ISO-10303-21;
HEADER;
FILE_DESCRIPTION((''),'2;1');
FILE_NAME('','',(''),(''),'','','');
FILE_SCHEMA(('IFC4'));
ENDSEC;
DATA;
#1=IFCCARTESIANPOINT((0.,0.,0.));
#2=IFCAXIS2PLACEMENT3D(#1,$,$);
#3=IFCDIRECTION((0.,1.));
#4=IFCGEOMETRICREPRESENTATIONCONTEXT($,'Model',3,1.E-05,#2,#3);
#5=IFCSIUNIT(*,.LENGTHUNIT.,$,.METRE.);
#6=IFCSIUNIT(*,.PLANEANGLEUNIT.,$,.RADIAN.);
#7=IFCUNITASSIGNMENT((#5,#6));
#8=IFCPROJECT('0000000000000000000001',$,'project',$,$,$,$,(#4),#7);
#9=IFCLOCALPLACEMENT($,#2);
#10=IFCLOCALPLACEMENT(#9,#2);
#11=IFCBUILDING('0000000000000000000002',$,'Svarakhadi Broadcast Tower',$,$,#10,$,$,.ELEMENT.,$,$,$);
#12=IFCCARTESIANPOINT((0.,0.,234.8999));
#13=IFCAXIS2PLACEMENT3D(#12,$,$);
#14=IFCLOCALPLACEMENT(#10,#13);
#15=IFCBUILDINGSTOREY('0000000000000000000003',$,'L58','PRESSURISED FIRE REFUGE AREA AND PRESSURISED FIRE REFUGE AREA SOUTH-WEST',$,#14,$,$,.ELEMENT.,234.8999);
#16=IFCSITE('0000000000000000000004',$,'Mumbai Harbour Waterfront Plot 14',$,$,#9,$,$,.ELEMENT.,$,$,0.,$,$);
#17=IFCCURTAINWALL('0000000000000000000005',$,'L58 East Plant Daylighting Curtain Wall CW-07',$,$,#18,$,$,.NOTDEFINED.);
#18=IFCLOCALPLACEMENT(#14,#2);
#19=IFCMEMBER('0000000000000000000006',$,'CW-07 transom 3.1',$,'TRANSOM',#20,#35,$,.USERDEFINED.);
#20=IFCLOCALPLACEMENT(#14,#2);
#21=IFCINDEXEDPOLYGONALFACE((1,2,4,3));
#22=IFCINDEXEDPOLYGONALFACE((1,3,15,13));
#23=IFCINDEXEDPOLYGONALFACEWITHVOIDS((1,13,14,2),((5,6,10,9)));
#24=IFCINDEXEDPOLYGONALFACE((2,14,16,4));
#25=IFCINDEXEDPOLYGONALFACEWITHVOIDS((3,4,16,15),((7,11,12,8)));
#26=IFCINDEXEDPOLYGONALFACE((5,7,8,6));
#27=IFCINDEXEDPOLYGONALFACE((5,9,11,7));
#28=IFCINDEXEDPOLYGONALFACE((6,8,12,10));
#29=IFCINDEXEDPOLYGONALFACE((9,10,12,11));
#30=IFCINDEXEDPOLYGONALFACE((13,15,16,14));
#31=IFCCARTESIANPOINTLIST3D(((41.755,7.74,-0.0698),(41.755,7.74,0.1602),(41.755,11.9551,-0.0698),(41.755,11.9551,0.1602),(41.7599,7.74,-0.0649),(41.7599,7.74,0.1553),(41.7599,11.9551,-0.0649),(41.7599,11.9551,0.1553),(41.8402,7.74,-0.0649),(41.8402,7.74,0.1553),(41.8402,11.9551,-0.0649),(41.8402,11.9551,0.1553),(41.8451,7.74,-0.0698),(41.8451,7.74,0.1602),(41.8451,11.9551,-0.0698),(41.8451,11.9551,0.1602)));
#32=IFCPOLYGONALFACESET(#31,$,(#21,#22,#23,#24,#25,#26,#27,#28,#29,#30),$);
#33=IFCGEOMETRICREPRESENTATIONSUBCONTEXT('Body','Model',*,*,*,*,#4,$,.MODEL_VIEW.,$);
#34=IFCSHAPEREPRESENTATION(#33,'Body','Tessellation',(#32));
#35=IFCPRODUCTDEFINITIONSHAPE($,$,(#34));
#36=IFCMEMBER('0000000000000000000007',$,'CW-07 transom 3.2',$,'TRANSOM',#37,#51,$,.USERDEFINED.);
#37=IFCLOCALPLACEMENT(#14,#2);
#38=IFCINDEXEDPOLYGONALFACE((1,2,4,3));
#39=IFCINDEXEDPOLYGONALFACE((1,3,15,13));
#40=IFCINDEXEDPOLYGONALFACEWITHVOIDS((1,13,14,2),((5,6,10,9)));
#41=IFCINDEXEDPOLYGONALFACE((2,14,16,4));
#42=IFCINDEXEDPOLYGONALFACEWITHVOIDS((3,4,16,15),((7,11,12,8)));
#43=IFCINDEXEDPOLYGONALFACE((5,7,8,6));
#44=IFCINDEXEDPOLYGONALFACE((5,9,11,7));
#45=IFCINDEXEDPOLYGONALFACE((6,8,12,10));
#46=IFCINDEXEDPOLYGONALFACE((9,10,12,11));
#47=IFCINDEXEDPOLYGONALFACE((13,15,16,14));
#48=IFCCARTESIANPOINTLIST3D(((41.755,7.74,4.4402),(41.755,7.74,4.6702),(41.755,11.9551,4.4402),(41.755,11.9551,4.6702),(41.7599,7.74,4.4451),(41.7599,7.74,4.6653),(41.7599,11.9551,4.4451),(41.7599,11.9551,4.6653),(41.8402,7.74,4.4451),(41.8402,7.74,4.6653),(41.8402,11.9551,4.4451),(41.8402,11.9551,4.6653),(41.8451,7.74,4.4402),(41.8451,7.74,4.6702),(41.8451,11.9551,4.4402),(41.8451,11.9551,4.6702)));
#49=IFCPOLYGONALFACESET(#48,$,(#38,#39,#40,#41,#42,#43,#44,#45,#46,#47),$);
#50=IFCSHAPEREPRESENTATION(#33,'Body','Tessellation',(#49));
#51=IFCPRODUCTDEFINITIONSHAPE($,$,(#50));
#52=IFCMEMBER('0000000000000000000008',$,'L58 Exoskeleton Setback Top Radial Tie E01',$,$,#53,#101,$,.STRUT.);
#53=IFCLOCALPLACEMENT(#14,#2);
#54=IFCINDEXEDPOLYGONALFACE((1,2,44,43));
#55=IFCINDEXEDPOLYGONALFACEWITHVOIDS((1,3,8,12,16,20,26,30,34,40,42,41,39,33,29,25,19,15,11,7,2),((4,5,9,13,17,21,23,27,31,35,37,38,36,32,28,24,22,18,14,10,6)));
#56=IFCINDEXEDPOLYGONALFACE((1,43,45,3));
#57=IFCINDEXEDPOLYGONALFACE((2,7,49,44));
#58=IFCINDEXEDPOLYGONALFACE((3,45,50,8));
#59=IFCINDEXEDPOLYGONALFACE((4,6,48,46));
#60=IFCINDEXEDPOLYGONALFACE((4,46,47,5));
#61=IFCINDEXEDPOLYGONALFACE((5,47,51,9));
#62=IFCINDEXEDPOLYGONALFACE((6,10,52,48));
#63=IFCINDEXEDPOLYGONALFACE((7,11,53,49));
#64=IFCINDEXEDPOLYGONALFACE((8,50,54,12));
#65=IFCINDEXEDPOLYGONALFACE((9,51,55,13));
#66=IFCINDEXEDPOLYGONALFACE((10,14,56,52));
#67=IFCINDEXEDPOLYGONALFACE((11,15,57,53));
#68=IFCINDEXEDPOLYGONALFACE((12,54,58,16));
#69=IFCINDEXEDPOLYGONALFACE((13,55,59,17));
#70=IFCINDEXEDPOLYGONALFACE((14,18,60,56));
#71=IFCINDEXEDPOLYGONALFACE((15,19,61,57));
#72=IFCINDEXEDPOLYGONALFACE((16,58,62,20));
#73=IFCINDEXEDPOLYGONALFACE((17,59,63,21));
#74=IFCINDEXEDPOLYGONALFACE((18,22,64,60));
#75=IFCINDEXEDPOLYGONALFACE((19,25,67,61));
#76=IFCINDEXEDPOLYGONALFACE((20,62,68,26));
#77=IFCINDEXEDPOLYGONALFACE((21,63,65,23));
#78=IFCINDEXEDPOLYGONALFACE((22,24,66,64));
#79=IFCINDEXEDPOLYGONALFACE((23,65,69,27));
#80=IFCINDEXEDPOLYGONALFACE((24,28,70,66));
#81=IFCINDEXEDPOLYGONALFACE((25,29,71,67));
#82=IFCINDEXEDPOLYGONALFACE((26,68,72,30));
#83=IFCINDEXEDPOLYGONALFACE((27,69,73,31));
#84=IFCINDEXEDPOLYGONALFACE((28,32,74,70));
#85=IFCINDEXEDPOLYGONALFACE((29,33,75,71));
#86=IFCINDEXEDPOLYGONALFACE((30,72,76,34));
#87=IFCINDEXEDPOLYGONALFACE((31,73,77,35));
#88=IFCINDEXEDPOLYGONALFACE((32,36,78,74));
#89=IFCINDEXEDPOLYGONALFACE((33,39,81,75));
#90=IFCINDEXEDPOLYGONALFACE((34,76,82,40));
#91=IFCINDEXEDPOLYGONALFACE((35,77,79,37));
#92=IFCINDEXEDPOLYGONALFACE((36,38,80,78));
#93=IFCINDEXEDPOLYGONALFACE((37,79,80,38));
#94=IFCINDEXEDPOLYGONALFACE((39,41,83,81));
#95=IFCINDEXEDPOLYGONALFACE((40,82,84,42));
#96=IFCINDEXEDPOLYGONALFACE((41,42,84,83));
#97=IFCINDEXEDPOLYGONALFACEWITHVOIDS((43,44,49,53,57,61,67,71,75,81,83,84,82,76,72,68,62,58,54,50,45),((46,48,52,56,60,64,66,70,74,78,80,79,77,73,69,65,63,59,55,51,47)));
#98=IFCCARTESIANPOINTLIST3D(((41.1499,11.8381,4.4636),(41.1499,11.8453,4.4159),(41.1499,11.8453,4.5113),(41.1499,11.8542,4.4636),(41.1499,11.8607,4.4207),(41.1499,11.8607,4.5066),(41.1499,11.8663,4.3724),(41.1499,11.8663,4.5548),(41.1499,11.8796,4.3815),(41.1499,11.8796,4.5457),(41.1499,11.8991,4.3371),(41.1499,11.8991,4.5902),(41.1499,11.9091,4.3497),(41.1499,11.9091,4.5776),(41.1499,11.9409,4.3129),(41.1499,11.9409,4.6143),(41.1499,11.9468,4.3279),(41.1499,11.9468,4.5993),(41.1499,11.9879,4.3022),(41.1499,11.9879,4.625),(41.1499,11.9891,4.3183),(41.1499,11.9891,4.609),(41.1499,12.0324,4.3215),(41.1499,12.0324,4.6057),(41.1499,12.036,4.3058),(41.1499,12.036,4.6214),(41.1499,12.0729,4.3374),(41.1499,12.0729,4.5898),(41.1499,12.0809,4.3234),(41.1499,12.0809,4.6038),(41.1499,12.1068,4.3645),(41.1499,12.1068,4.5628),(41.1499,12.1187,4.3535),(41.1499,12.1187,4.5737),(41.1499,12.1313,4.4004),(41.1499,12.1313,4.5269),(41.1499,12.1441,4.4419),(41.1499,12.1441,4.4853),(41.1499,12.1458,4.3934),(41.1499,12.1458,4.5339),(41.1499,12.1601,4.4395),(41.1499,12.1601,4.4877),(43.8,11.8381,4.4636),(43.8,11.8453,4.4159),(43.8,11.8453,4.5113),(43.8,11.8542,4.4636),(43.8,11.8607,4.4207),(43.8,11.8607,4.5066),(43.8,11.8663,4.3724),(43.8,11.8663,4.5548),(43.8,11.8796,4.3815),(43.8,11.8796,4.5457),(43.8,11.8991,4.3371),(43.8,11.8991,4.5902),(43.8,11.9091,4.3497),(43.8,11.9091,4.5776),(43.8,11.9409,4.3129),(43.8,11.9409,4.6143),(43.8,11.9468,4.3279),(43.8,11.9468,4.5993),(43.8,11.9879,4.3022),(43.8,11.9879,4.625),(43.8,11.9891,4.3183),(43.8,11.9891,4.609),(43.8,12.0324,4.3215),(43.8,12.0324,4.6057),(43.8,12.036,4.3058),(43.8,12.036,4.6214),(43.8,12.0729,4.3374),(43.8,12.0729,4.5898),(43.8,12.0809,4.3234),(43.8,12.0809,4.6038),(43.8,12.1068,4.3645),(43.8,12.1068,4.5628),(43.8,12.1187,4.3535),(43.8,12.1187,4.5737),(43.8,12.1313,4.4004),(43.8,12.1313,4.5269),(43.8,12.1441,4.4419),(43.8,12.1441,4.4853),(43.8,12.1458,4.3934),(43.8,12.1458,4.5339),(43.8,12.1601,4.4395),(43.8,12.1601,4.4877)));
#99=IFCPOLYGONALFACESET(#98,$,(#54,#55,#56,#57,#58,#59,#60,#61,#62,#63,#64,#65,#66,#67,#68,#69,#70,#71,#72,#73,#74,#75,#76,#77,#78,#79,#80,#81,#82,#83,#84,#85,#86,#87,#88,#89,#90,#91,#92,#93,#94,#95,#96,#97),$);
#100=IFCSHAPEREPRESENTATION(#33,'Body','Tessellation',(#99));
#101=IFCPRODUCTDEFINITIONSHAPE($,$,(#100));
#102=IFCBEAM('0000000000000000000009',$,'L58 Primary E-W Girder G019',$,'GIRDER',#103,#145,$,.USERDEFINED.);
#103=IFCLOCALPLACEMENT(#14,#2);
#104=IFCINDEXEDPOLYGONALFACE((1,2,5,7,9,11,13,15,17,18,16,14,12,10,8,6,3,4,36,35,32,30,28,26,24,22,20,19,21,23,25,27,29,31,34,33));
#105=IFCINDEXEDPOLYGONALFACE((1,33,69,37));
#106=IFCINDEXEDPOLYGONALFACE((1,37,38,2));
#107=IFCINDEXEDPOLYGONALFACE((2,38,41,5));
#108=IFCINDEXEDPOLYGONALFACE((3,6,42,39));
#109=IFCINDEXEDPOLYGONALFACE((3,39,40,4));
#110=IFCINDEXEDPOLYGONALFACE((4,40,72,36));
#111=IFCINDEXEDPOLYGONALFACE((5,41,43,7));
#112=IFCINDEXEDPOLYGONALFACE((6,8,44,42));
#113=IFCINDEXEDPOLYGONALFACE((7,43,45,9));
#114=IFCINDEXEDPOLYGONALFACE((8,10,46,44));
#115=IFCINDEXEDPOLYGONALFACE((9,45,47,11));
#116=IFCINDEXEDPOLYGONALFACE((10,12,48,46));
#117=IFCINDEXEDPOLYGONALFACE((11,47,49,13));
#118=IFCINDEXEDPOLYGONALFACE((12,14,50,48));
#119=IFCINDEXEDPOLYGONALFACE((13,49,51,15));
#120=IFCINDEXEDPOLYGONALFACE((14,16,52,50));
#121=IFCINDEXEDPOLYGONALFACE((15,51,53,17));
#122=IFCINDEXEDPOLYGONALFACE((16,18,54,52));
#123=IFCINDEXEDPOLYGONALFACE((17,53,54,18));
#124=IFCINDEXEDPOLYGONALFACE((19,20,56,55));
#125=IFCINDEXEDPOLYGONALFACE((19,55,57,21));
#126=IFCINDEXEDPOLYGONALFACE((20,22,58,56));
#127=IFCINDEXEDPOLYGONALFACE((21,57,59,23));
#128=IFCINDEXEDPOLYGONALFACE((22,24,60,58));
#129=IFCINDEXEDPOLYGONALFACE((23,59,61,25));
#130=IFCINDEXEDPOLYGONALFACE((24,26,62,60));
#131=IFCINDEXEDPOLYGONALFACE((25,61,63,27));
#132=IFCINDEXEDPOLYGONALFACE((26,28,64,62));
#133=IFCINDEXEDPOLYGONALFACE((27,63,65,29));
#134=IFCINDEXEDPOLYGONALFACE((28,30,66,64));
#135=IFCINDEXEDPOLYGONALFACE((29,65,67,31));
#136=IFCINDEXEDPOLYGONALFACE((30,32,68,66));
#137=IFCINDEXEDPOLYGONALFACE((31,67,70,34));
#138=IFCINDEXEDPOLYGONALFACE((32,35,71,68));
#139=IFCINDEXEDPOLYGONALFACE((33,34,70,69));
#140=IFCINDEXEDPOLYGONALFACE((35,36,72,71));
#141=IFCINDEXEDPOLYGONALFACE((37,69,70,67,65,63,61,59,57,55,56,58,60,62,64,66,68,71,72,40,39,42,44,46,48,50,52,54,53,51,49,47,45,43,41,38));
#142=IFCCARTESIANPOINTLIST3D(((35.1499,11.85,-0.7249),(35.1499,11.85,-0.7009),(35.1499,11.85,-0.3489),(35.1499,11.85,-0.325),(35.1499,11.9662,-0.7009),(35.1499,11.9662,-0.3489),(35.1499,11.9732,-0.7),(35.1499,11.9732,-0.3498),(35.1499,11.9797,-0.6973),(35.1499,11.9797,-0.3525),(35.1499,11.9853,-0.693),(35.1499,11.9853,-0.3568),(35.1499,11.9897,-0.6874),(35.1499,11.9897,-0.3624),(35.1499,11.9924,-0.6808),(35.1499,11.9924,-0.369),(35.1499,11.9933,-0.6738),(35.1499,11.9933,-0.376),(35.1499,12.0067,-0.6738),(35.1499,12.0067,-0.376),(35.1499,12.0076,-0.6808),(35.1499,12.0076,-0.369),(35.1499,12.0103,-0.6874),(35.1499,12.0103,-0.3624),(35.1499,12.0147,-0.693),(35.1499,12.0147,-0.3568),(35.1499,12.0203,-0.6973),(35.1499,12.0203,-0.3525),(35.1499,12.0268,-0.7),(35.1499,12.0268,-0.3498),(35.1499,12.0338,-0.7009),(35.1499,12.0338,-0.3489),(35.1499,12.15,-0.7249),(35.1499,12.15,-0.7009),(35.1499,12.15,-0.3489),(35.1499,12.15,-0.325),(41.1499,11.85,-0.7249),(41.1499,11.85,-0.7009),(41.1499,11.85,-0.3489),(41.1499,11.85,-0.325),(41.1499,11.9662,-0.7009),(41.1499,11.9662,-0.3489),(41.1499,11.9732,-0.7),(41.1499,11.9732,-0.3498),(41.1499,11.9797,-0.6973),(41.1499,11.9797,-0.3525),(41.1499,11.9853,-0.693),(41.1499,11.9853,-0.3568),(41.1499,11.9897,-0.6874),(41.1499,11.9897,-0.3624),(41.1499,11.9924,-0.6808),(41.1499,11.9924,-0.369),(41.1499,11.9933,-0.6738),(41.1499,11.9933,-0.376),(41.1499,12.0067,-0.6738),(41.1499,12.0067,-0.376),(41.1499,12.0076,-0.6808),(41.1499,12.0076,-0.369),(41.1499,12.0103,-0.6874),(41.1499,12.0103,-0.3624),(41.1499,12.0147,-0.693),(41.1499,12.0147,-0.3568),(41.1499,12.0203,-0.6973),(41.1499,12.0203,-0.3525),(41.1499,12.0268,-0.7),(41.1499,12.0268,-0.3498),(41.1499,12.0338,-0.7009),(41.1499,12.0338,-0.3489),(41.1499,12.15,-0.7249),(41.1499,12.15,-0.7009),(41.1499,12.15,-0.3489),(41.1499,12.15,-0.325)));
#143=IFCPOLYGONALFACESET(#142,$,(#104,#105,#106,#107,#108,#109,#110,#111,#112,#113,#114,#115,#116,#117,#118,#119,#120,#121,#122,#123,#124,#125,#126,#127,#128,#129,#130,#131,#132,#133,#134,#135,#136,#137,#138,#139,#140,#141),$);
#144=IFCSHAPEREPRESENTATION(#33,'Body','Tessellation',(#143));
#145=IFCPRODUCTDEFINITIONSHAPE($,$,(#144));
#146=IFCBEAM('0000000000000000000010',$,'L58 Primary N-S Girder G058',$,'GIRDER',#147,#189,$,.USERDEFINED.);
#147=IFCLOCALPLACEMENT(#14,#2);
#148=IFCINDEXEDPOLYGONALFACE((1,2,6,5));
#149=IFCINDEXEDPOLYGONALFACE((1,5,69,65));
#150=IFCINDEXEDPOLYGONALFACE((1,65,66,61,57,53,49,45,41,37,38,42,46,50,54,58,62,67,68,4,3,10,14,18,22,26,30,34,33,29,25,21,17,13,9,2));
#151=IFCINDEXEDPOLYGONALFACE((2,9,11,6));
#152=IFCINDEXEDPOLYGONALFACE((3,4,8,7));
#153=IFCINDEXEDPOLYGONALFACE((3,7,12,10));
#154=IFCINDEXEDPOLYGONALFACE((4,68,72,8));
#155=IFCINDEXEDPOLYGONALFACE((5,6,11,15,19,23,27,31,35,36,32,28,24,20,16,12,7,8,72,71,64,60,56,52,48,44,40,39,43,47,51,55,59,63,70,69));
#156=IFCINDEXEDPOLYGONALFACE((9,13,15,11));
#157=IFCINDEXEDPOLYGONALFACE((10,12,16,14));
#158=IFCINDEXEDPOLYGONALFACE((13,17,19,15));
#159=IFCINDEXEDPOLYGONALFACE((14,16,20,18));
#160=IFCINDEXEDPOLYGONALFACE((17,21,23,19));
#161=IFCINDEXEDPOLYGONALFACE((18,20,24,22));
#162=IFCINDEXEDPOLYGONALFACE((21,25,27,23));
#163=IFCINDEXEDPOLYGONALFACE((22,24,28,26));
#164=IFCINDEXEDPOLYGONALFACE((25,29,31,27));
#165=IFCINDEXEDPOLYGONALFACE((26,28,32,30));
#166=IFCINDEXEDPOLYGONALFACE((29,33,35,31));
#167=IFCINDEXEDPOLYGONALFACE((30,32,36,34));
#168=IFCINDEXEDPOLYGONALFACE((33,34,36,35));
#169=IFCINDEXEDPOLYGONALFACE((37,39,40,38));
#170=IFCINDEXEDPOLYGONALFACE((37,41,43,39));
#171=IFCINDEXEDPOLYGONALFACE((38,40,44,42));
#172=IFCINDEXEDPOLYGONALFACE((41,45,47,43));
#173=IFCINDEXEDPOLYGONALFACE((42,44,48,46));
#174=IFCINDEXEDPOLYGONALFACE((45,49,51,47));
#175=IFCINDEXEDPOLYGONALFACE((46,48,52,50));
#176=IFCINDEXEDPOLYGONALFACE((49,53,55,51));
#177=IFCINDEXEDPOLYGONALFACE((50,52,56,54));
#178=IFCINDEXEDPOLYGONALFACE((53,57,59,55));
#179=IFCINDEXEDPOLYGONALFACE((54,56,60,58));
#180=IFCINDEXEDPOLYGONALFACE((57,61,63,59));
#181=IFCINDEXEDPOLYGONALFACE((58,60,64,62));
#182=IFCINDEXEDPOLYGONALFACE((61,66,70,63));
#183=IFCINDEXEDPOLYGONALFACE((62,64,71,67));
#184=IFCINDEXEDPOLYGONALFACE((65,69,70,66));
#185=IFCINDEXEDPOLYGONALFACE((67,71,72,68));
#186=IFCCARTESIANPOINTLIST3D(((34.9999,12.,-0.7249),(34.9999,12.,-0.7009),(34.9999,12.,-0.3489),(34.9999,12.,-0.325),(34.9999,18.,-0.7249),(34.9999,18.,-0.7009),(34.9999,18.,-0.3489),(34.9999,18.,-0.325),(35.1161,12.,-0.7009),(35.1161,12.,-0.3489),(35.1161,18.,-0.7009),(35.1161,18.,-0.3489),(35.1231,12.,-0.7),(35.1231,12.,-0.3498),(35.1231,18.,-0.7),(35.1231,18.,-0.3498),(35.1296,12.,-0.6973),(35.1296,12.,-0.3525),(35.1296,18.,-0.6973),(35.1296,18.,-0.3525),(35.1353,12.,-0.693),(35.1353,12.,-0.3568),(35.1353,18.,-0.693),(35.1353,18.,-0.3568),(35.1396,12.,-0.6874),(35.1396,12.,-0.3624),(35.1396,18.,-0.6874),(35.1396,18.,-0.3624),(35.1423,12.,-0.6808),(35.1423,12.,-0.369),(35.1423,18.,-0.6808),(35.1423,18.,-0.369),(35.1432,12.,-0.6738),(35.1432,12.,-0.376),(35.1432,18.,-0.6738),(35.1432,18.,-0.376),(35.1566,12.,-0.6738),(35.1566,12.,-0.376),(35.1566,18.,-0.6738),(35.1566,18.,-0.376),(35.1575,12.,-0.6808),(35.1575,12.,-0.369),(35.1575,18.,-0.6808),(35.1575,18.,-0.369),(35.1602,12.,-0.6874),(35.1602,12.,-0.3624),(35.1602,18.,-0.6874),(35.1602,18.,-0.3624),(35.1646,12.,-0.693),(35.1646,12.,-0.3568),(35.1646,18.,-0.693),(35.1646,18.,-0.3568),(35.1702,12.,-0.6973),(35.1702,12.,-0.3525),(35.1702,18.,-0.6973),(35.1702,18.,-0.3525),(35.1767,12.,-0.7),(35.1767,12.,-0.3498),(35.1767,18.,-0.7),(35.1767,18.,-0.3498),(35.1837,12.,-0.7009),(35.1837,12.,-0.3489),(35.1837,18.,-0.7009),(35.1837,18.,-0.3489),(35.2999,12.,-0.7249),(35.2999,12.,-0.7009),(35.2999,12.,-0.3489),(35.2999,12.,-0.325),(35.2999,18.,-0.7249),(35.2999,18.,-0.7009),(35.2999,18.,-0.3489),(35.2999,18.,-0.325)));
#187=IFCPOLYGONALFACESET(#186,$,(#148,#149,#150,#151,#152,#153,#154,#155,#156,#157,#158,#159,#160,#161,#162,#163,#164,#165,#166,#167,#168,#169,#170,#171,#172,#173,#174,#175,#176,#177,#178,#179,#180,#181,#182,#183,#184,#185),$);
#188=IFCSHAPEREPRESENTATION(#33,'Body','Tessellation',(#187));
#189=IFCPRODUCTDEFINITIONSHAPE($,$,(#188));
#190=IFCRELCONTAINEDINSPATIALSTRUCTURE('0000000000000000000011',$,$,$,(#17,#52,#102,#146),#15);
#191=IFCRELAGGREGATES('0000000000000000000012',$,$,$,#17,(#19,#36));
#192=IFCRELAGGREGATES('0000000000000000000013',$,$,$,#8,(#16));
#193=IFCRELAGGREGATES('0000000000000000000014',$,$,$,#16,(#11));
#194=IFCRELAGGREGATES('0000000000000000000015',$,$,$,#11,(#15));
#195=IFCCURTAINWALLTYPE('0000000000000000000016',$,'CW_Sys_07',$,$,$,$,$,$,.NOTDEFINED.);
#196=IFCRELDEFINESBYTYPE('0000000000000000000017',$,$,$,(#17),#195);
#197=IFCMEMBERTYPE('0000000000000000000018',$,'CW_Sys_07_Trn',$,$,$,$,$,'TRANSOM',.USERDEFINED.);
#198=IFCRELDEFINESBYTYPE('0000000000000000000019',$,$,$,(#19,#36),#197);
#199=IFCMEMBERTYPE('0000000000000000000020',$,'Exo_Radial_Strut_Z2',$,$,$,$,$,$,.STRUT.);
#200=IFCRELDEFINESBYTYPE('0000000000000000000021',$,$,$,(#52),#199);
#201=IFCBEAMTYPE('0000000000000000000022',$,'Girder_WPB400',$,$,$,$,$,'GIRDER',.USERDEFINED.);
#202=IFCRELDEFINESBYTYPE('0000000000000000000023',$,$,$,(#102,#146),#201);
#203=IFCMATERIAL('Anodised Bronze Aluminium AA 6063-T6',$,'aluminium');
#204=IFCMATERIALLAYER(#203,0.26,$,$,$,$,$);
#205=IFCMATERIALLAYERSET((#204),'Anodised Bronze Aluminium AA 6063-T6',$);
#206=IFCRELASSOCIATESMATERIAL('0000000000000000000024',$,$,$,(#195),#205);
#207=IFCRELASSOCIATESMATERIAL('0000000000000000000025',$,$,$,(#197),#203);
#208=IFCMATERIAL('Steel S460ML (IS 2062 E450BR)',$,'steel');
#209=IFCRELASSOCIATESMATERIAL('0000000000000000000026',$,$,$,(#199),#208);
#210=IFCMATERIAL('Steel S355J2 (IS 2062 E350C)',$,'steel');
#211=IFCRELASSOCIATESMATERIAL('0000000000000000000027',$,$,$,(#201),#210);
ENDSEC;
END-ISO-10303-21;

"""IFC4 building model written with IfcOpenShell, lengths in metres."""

from ifc_helpers import new_model, si_unit, direction, frame, origin, origin_2d, place, context, subcontext, project, spatial, hollow_rectangle, hollow_circle, i_section, extrude, material, layer, layer_set, material_profile, profile_set, type_object, element, aggregate, save


model = new_model("IFC4")

# Units and contexts
model_context = context("Model", 3, precision=1e-05, world=origin(), true_north=direction((0.0, 1.0)))
body_context = subcontext(model_context, "Body", "Model", "MODEL_VIEW")
ifc_project = project(units=[si_unit("LENGTHUNIT", "METRE"), si_unit("PLANEANGLEUNIT", "RADIAN")], contexts=[model_context])

# Site, building, storey
site_placement = place(None, origin())
site = spatial("IfcSite", under=ifc_project, at=site_placement, Name="Mumbai Harbour Waterfront Plot 14", CompositionType="ELEMENT", RefElevation=0.0)
building_placement = place(site_placement, origin())
building = spatial("IfcBuilding", under=site, at=building_placement, Name="Svarakhadi Broadcast Tower", CompositionType="ELEMENT")
storey_placement = place(building_placement, frame((0.0, 0.0, 234.8999)))
storey = spatial("IfcBuildingStorey", under=building, at=storey_placement, Name="L58", Description="PRESSURISED FIRE REFUGE AREA AND PRESSURISED FIRE REFUGE AREA SOUTH-WEST", CompositionType="ELEMENT", Elevation=234.8999)

# Shared definitions
ifc_material_1 = material(Name="Steel S460ML (IS 2062 E450BR)", Category="steel")

# Shared definitions
ifc_material_2 = material(Name="Steel S355J2 (IS 2062 E350C)", Category="steel")

# Curtain wall, members
ifc_material_3 = material(Name="Anodised Bronze Aluminium AA 6063-T6", Category="aluminium")
ifc_layer_1 = layer(ifc_material_3, 0.26)
ifc_layer_set_1 = layer_set([ifc_layer_1], Name="Anodised Bronze Aluminium AA 6063-T6")
curtain_wall_type = type_object("IfcCurtainWallType", Name="CW_Sys_07", PredefinedType="NOTDEFINED", material=ifc_layer_set_1)
curtain_wall_placement = place(storey_placement, origin())
curtain_wall = element("IfcCurtainWall", 1, at=curtain_wall_placement, inside=storey, type_object=curtain_wall_type, Name="L58 East Plant Daylighting Curtain Wall CW-07", PredefinedType="NOTDEFINED")
ifc_material_profile_1 = material_profile(ifc_material_3, hollow_rectangle(XDim=0.0901, YDim=0.23, WallThickness=0.0049, at=origin_2d()), Name="ALU TRANSOM 230x90x5")
ifc_profile_set_1 = profile_set([ifc_material_profile_1], Name="Anodised Bronze Aluminium AA 6063-T6")
member_type_1 = type_object("IfcMemberType", Name="CW_Sys_07_Trn", ElementType="TRANSOM", PredefinedType="USERDEFINED", material=ifc_profile_set_1)
member_1_placement = place(storey_placement, frame((41.8, 11.9551, 0.0452), z_axis=(0.0, -1.0, 0.0), x_axis=(1.0, 0.0, 0.0)))
member_1 = element("IfcMember", 2, at=member_1_placement, type_object=member_type_1, Name="CW-07 transom 3.1", ObjectType="TRANSOM", PredefinedType="USERDEFINED", context=body_context, shape_type="SweptSolid", body=[
    extrude(hollow_rectangle(XDim=0.0901, YDim=0.23, WallThickness=0.0049, at=origin_2d()), origin(), (0.0, 0.0, 1.0), 4.2151),
])
member_2_placement = place(storey_placement, frame((41.8, 11.9551, 4.5552), z_axis=(0.0, -1.0, 0.0), x_axis=(1.0, 0.0, 0.0)))
member_2 = element("IfcMember", 3, at=member_2_placement, type_object=member_type_1, Name="CW-07 transom 3.2", ObjectType="TRANSOM", PredefinedType="USERDEFINED", context=body_context, shape_type="SweptSolid", body=[
    extrude(hollow_rectangle(XDim=0.0901, YDim=0.23, WallThickness=0.0049, at=origin_2d()), origin(), (0.0, 0.0, 1.0), 4.2151),
])

# Member
ifc_material_profile_2 = material_profile(ifc_material_1, hollow_circle(Radius=0.1619, WallThickness=0.0161, at=origin_2d()), Name="CHS 323.9x16")
ifc_profile_set_2 = profile_set([ifc_material_profile_2], Name="Steel S460ML (IS 2062 E450BR)")
member_type_2 = type_object("IfcMemberType", Name="Exo_Radial_Strut_Z2", PredefinedType="STRUT", material=ifc_profile_set_2)
member_3_placement = place(storey_placement, frame((43.8, 12.0, 4.4636), z_axis=(-1.0, 0.0, 0.0), x_axis=(0.0, -1.0, 0.0)))
element("IfcMember", 4, at=member_3_placement, inside=storey, type_object=member_type_2, Name="L58 Exoskeleton Setback Top Radial Tie E01", PredefinedType="STRUT", context=body_context, shape_type="SweptSolid", body=[
    extrude(hollow_circle(Radius=0.1619, WallThickness=0.0161, at=origin_2d()), origin(), (0.0, 0.0, 1.0), 2.6501),
])

# Beams
ifc_material_profile_3 = material_profile(ifc_material_2, i_section(OverallWidth=0.3, OverallDepth=0.3999, WebThickness=0.0134, FlangeThickness=0.0239, FilletRadius=0.0271, at=origin_2d()), Name="WPB 400x300x155")
ifc_profile_set_3 = profile_set([ifc_material_profile_3], Name="Steel S355J2 (IS 2062 E350C)")
beam_type_1 = type_object("IfcBeamType", Name="Girder_WPB400", ElementType="GIRDER", PredefinedType="USERDEFINED", material=ifc_profile_set_3)
for number, where, z_axis, x_axis, name in (
    (5, (35.1499, 12.0, -0.5249), (1.0, 0.0, 0.0), (0.0, 1.0, 0.0), "L58 Primary E-W Girder G019"),
    (6, (35.1499, 12.0, -0.5249), (0.0, 1.0, 0.0), (-1.0, 0.0, 0.0), "L58 Primary N-S Girder G058"),
):
    element("IfcBeam", number, at=place(storey_placement, frame(where, z_axis=z_axis, x_axis=x_axis)), inside=storey, type_object=beam_type_1, Name=name, ObjectType="GIRDER", PredefinedType="USERDEFINED", context=body_context, shape_type="SweptSolid", body=[
        extrude(i_section(OverallWidth=0.3, OverallDepth=0.3999, WebThickness=0.0134, FlangeThickness=0.0239, FilletRadius=0.0271, at=origin_2d()), origin(), (0.0, 0.0, 1.0), 6.0),
    ])

aggregate(curtain_wall, [member_1, member_2])

save(model, "model.ifc")
